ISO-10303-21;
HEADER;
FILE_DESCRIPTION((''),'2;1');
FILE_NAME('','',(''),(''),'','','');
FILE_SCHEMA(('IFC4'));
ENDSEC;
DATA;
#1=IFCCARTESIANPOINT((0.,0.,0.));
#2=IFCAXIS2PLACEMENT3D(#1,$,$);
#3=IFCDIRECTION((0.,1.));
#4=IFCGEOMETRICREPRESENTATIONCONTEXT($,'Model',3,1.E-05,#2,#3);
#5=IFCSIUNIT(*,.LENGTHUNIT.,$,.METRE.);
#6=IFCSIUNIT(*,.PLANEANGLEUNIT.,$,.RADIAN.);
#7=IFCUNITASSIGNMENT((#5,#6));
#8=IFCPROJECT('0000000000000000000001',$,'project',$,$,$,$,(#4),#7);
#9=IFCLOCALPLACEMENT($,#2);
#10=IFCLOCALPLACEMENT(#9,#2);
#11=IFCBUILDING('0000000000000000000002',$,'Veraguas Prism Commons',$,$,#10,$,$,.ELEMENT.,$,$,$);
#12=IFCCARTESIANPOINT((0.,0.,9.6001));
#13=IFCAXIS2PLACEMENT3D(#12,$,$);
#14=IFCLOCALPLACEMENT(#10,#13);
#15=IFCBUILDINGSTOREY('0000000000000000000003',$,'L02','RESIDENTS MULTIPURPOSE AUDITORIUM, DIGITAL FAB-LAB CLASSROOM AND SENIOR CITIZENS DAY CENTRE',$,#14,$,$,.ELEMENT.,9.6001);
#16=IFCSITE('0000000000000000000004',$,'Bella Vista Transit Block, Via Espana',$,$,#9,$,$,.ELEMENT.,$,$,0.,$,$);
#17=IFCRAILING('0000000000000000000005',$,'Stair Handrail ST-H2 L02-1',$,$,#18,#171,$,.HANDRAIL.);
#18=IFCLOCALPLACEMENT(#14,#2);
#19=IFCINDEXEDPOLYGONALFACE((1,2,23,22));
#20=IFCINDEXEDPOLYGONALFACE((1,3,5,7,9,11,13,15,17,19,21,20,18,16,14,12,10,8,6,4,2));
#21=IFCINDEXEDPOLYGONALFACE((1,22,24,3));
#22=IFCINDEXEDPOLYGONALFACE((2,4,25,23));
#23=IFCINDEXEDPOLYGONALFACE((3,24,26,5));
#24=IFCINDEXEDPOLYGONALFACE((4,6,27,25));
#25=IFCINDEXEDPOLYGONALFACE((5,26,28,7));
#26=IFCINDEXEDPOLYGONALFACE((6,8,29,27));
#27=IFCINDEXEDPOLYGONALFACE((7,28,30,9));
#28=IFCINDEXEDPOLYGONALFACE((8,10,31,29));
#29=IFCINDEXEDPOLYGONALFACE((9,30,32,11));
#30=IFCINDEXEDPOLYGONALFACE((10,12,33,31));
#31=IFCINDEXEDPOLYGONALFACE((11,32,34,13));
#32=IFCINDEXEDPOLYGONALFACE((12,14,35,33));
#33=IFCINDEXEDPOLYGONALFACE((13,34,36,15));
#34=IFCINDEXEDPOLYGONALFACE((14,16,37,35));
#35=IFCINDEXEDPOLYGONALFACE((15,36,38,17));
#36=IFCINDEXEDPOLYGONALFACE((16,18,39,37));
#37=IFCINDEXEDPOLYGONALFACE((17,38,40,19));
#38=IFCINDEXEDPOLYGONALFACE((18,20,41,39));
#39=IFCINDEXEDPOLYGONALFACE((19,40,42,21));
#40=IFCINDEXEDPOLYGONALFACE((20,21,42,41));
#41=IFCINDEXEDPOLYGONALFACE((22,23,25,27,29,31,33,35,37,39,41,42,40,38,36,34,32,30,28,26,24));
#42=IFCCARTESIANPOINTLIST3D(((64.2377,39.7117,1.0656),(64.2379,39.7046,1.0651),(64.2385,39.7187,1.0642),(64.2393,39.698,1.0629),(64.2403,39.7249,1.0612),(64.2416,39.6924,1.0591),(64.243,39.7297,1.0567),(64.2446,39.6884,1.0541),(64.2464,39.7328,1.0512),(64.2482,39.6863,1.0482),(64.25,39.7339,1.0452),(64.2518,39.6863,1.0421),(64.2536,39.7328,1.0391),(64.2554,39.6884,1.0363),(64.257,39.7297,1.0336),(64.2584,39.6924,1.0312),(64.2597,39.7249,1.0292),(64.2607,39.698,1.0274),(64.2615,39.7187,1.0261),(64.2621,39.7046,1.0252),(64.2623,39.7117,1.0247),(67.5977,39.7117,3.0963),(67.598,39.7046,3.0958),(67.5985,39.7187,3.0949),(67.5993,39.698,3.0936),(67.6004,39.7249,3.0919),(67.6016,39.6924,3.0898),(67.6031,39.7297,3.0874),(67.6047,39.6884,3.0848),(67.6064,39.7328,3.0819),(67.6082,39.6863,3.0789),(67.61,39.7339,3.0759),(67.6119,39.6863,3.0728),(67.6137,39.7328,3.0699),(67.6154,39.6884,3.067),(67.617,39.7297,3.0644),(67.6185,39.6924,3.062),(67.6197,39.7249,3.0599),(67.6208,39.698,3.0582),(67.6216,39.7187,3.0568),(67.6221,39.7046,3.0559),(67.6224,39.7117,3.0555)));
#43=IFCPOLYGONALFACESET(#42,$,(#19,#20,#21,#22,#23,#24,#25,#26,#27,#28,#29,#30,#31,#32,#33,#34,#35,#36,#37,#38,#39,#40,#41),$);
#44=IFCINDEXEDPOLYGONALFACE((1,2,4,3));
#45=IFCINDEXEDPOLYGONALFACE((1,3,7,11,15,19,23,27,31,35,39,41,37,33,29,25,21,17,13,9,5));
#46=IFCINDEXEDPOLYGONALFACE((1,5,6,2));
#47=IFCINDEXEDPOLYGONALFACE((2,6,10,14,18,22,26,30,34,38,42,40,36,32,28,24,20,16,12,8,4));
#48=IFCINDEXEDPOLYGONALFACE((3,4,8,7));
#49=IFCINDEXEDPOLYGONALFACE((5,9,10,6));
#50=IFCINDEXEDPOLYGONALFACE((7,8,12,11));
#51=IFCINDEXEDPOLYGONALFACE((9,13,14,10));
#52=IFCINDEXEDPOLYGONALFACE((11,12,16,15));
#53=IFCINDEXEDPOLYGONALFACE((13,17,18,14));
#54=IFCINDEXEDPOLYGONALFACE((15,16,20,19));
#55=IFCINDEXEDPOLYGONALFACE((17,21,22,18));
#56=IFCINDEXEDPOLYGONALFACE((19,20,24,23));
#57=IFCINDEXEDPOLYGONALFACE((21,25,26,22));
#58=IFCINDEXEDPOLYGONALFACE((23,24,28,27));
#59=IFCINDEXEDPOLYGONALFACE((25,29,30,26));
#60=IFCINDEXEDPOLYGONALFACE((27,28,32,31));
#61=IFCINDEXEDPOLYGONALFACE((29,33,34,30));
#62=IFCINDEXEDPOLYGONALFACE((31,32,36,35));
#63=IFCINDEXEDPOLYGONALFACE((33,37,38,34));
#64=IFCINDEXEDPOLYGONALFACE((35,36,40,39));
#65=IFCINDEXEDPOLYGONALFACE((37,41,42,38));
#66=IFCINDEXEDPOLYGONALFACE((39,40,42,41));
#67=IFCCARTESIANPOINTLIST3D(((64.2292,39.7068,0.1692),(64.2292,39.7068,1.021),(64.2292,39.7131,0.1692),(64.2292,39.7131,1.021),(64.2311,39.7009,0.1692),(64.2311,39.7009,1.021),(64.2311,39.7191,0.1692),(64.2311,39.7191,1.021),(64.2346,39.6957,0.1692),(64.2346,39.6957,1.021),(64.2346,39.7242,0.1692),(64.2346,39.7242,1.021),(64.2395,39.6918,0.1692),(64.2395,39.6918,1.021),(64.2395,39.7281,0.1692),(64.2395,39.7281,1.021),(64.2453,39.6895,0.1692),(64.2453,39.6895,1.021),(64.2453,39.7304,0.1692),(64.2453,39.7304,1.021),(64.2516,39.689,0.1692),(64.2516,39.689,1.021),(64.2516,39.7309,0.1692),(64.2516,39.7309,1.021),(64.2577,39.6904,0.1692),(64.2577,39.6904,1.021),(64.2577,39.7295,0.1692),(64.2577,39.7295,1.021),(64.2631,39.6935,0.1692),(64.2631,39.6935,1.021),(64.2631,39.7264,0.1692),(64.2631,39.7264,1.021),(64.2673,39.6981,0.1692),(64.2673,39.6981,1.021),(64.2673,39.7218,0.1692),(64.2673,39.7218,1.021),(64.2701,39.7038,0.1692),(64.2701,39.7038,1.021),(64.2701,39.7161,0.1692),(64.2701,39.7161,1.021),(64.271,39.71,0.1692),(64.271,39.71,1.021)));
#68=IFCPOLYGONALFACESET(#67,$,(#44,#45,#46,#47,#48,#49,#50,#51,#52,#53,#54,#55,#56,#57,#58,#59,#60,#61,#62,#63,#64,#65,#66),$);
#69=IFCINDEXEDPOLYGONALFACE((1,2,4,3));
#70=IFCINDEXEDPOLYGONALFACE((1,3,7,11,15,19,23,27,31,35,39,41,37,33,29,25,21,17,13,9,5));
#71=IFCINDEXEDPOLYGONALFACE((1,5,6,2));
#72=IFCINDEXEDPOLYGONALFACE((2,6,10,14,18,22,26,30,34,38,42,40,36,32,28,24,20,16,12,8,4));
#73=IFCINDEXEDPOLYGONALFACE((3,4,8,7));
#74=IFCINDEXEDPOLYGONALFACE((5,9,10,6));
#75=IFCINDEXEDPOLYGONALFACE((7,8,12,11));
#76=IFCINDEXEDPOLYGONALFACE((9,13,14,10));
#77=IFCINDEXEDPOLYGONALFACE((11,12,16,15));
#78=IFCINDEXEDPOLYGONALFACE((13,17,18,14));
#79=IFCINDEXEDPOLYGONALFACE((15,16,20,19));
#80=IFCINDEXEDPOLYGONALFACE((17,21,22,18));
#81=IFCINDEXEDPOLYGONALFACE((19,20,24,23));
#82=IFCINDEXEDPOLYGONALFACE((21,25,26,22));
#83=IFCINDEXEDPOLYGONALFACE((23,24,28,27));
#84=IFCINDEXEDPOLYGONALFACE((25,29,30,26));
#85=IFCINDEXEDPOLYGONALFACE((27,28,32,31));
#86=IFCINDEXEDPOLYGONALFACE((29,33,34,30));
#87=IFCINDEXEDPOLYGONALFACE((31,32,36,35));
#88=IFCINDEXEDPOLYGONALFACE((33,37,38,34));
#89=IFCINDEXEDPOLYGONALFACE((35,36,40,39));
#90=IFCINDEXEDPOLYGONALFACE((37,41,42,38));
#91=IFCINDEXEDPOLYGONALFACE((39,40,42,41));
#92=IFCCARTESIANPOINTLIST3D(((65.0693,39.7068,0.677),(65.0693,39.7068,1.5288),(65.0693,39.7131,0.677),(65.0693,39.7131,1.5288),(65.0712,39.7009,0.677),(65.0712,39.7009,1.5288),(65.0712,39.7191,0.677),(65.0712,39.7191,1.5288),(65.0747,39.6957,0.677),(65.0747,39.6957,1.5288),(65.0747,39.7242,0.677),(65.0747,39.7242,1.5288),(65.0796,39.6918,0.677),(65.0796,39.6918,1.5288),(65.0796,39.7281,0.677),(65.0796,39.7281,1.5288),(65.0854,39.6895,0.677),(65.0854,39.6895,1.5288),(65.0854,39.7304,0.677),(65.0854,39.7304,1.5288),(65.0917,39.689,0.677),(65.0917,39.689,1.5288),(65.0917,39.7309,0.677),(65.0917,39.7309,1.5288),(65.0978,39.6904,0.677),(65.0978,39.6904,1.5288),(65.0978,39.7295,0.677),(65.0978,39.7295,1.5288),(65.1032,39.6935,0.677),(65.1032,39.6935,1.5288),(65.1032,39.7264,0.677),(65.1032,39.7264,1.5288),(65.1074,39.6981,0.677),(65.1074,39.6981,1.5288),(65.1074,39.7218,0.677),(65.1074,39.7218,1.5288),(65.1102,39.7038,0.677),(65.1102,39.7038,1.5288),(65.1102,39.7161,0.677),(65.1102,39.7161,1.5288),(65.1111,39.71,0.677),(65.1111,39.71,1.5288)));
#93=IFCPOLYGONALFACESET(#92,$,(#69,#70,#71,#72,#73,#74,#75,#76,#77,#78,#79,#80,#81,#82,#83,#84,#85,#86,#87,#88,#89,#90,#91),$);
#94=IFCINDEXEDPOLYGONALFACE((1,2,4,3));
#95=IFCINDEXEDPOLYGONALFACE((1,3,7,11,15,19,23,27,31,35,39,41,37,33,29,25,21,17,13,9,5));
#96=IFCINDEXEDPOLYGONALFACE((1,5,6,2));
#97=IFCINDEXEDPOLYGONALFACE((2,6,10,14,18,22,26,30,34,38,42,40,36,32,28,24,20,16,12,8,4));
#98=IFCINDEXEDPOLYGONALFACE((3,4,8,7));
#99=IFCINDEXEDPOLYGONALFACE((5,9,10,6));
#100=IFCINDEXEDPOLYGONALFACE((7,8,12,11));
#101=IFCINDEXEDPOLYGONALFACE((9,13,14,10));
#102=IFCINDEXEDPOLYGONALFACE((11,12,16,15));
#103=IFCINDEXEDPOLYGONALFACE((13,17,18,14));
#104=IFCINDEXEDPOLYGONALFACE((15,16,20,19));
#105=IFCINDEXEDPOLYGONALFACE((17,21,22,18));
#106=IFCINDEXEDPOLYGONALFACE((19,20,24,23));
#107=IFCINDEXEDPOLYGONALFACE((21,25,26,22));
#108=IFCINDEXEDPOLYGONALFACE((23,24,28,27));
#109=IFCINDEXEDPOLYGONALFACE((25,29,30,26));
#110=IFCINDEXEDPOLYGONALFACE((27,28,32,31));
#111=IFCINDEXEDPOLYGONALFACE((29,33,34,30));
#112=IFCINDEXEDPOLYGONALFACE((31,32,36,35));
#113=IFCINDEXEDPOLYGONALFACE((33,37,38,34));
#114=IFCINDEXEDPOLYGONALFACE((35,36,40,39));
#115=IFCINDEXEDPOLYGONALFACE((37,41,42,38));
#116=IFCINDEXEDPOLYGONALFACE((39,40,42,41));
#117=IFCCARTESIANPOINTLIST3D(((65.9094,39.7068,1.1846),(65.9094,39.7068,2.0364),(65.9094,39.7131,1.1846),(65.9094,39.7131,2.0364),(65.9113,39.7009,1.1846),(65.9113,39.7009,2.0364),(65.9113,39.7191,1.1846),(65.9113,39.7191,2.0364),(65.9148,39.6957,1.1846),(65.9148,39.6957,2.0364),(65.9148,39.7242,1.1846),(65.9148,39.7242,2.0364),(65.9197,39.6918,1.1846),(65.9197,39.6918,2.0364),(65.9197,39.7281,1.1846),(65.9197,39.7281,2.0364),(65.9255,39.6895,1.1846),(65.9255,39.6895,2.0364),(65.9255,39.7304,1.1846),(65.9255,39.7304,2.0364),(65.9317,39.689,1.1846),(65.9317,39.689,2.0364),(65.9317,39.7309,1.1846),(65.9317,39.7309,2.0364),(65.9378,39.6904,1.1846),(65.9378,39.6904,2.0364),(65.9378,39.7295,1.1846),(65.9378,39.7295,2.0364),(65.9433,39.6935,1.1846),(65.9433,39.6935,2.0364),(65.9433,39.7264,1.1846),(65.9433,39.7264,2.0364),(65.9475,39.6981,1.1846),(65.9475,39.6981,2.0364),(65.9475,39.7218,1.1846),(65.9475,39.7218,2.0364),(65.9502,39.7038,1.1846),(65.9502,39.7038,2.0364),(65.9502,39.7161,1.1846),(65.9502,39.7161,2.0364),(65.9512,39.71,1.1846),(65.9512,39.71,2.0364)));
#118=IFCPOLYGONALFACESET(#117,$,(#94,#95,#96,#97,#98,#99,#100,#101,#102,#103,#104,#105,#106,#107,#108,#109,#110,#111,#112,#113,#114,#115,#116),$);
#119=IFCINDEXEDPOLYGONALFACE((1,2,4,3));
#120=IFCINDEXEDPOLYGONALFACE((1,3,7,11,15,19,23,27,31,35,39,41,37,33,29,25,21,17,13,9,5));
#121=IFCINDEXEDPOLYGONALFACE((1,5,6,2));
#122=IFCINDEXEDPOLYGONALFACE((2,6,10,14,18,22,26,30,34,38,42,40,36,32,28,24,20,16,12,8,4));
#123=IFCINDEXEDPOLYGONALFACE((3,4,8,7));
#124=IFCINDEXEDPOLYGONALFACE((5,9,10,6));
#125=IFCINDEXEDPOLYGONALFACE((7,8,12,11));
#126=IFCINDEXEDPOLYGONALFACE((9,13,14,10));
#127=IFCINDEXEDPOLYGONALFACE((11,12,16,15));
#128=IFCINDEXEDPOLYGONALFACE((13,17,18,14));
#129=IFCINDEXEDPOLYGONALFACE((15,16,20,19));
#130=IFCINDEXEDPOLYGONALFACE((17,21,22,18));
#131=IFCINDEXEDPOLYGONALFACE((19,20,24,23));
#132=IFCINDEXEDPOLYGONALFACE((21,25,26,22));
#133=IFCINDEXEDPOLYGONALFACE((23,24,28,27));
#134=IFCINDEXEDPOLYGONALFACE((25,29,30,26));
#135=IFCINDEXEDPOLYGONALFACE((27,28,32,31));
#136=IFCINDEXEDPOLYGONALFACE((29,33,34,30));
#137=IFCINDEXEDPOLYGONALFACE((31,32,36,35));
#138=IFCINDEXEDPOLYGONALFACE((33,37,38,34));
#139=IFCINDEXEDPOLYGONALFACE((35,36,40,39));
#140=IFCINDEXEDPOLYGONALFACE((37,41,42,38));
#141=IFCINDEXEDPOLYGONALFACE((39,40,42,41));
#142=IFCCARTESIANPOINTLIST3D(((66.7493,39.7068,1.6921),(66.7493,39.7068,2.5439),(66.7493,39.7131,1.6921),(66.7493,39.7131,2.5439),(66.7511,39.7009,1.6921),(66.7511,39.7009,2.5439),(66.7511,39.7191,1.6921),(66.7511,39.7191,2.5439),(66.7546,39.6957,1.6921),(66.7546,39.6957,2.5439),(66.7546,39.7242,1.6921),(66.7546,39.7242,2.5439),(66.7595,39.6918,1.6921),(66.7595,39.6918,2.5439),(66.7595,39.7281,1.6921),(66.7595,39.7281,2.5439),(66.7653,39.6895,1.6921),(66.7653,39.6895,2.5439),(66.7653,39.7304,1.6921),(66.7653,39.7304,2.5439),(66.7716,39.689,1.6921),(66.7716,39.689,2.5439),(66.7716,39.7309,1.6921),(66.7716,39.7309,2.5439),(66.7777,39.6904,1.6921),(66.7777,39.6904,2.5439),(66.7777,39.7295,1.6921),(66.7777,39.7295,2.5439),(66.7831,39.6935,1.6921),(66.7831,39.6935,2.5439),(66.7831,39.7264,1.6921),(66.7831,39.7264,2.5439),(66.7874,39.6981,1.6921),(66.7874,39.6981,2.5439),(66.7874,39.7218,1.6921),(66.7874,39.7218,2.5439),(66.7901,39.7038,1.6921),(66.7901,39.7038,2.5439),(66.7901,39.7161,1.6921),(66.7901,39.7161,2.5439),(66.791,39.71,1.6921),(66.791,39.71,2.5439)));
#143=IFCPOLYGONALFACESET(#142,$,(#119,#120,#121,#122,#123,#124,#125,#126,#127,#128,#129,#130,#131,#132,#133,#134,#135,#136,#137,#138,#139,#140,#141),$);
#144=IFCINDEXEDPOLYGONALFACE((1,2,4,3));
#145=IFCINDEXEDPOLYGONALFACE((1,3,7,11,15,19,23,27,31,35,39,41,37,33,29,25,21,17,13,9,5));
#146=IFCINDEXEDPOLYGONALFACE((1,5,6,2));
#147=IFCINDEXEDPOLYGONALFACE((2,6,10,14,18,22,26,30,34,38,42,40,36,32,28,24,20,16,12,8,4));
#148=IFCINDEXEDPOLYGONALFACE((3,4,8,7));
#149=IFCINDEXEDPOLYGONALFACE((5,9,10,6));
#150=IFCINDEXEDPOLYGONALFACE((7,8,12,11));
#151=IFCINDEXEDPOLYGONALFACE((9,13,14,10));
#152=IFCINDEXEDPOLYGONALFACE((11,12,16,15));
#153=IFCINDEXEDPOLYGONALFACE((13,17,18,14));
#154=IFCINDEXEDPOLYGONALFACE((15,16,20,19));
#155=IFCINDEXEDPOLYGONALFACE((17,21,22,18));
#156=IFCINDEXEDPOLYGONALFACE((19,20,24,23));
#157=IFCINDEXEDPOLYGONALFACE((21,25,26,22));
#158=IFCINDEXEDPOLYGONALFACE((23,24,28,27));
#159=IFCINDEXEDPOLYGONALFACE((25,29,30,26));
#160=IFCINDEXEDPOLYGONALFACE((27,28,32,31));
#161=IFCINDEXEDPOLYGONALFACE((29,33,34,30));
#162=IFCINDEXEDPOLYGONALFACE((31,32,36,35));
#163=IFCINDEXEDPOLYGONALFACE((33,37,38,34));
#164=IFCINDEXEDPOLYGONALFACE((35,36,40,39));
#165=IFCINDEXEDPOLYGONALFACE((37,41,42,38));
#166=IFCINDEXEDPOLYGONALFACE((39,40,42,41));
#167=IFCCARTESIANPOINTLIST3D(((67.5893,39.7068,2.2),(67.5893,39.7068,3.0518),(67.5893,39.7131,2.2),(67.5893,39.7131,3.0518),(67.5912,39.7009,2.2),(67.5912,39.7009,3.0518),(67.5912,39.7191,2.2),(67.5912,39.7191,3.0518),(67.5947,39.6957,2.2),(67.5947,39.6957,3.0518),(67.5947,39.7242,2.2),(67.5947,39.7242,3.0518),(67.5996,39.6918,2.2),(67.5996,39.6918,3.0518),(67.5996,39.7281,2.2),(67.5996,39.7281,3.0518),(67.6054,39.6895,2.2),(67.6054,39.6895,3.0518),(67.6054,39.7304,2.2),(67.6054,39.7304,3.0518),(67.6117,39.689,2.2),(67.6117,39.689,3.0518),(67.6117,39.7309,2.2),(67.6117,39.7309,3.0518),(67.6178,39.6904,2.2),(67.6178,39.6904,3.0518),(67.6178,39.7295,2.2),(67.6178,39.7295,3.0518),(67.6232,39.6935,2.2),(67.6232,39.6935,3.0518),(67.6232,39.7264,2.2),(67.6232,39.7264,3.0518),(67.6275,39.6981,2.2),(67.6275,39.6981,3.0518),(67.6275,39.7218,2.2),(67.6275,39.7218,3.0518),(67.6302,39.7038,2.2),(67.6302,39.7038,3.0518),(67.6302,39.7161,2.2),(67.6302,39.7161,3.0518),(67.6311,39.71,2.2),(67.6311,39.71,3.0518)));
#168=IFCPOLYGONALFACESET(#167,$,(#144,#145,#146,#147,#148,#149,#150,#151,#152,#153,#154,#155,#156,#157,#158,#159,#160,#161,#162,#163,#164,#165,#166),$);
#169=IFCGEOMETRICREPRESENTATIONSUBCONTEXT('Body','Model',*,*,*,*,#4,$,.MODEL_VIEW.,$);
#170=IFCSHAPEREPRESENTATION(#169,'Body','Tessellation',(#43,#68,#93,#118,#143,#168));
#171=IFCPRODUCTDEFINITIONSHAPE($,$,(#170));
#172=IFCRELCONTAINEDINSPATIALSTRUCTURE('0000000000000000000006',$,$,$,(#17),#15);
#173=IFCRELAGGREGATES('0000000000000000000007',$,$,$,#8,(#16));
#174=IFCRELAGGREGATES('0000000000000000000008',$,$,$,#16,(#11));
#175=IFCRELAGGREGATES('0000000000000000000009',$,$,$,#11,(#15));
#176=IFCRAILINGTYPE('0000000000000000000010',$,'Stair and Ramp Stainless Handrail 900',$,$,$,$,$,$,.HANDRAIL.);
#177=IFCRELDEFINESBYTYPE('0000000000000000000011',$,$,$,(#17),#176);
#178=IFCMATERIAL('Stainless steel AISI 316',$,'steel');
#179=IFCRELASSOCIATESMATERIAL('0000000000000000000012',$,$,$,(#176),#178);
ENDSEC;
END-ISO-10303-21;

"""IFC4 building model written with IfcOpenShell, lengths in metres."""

from ifc_helpers import new_model, si_unit, direction, frame, origin, origin_2d, place, context, subcontext, project, spatial, circle, extrude, material, type_object, element, save


model = new_model("IFC4")

# Units and contexts
model_context = context("Model", 3, precision=1e-05, world=origin(), true_north=direction((0.0, 1.0)))
body_context = subcontext(model_context, "Body", "Model", "MODEL_VIEW")
ifc_project = project(units=[si_unit("LENGTHUNIT", "METRE"), si_unit("PLANEANGLEUNIT", "RADIAN")], contexts=[model_context])

# Site, building, storey
site_placement = place(None, origin())
site = spatial("IfcSite", under=ifc_project, at=site_placement, Name="Bella Vista Transit Block, Via Espana", CompositionType="ELEMENT", RefElevation=0.0)
building_placement = place(site_placement, origin())
building = spatial("IfcBuilding", under=site, at=building_placement, Name="Veraguas Prism Commons", CompositionType="ELEMENT")
storey_placement = place(building_placement, frame((0.0, 0.0, 9.6001)))
storey = spatial("IfcBuildingStorey", under=building, at=storey_placement, Name="L02", Description="RESIDENTS MULTIPURPOSE AUDITORIUM, DIGITAL FAB-LAB CLASSROOM AND SENIOR CITIZENS DAY CENTRE", CompositionType="ELEMENT", Elevation=9.6001)

# Railing
ifc_material_1 = material(Name="Stainless steel AISI 316", Category="steel")
railing_type_1 = type_object("IfcRailingType", Name="Stair and Ramp Stainless Handrail 900", PredefinedType="HANDRAIL", material=ifc_material_1)
railing_1_placement = place(storey_placement, frame((64.25, 39.71, 0.1692)))
element("IfcRailing", 1, at=railing_1_placement, inside=storey, type_object=railing_type_1, Name="Stair Handrail ST-H2 L02-1", PredefinedType="HANDRAIL", context=body_context, shape_type="SweptSolid", body=[
    extrude(circle(Radius=0.0239, at=origin_2d()), frame((0.0, 0.0, 0.876), z_axis=(0.855837, 0.0, 0.517246), x_axis=(0.0, 1.0, 0.0)), (0.0, 0.0, 1.0), 3.926),
    extrude(circle(Radius=0.021, at=origin_2d()), origin(), (0.0, 0.0, 1.0), 0.8518),
    extrude(circle(Radius=0.021, at=origin_2d()), frame((0.8401, 0.0, 0.5078)), (0.0, 0.0, 1.0), 0.8518),
    extrude(circle(Radius=0.021, at=origin_2d()), frame((1.6802, 0.0, 1.0154)), (0.0, 0.0, 1.0), 0.8518),
    extrude(circle(Radius=0.021, at=origin_2d()), frame((2.52, 0.0, 1.5229)), (0.0, 0.0, 1.0), 0.8518),
    extrude(circle(Radius=0.021, at=origin_2d()), frame((3.3601, 0.0, 2.0308)), (0.0, 0.0, 1.0), 0.8518),
])

save(model, "model.ifc")
